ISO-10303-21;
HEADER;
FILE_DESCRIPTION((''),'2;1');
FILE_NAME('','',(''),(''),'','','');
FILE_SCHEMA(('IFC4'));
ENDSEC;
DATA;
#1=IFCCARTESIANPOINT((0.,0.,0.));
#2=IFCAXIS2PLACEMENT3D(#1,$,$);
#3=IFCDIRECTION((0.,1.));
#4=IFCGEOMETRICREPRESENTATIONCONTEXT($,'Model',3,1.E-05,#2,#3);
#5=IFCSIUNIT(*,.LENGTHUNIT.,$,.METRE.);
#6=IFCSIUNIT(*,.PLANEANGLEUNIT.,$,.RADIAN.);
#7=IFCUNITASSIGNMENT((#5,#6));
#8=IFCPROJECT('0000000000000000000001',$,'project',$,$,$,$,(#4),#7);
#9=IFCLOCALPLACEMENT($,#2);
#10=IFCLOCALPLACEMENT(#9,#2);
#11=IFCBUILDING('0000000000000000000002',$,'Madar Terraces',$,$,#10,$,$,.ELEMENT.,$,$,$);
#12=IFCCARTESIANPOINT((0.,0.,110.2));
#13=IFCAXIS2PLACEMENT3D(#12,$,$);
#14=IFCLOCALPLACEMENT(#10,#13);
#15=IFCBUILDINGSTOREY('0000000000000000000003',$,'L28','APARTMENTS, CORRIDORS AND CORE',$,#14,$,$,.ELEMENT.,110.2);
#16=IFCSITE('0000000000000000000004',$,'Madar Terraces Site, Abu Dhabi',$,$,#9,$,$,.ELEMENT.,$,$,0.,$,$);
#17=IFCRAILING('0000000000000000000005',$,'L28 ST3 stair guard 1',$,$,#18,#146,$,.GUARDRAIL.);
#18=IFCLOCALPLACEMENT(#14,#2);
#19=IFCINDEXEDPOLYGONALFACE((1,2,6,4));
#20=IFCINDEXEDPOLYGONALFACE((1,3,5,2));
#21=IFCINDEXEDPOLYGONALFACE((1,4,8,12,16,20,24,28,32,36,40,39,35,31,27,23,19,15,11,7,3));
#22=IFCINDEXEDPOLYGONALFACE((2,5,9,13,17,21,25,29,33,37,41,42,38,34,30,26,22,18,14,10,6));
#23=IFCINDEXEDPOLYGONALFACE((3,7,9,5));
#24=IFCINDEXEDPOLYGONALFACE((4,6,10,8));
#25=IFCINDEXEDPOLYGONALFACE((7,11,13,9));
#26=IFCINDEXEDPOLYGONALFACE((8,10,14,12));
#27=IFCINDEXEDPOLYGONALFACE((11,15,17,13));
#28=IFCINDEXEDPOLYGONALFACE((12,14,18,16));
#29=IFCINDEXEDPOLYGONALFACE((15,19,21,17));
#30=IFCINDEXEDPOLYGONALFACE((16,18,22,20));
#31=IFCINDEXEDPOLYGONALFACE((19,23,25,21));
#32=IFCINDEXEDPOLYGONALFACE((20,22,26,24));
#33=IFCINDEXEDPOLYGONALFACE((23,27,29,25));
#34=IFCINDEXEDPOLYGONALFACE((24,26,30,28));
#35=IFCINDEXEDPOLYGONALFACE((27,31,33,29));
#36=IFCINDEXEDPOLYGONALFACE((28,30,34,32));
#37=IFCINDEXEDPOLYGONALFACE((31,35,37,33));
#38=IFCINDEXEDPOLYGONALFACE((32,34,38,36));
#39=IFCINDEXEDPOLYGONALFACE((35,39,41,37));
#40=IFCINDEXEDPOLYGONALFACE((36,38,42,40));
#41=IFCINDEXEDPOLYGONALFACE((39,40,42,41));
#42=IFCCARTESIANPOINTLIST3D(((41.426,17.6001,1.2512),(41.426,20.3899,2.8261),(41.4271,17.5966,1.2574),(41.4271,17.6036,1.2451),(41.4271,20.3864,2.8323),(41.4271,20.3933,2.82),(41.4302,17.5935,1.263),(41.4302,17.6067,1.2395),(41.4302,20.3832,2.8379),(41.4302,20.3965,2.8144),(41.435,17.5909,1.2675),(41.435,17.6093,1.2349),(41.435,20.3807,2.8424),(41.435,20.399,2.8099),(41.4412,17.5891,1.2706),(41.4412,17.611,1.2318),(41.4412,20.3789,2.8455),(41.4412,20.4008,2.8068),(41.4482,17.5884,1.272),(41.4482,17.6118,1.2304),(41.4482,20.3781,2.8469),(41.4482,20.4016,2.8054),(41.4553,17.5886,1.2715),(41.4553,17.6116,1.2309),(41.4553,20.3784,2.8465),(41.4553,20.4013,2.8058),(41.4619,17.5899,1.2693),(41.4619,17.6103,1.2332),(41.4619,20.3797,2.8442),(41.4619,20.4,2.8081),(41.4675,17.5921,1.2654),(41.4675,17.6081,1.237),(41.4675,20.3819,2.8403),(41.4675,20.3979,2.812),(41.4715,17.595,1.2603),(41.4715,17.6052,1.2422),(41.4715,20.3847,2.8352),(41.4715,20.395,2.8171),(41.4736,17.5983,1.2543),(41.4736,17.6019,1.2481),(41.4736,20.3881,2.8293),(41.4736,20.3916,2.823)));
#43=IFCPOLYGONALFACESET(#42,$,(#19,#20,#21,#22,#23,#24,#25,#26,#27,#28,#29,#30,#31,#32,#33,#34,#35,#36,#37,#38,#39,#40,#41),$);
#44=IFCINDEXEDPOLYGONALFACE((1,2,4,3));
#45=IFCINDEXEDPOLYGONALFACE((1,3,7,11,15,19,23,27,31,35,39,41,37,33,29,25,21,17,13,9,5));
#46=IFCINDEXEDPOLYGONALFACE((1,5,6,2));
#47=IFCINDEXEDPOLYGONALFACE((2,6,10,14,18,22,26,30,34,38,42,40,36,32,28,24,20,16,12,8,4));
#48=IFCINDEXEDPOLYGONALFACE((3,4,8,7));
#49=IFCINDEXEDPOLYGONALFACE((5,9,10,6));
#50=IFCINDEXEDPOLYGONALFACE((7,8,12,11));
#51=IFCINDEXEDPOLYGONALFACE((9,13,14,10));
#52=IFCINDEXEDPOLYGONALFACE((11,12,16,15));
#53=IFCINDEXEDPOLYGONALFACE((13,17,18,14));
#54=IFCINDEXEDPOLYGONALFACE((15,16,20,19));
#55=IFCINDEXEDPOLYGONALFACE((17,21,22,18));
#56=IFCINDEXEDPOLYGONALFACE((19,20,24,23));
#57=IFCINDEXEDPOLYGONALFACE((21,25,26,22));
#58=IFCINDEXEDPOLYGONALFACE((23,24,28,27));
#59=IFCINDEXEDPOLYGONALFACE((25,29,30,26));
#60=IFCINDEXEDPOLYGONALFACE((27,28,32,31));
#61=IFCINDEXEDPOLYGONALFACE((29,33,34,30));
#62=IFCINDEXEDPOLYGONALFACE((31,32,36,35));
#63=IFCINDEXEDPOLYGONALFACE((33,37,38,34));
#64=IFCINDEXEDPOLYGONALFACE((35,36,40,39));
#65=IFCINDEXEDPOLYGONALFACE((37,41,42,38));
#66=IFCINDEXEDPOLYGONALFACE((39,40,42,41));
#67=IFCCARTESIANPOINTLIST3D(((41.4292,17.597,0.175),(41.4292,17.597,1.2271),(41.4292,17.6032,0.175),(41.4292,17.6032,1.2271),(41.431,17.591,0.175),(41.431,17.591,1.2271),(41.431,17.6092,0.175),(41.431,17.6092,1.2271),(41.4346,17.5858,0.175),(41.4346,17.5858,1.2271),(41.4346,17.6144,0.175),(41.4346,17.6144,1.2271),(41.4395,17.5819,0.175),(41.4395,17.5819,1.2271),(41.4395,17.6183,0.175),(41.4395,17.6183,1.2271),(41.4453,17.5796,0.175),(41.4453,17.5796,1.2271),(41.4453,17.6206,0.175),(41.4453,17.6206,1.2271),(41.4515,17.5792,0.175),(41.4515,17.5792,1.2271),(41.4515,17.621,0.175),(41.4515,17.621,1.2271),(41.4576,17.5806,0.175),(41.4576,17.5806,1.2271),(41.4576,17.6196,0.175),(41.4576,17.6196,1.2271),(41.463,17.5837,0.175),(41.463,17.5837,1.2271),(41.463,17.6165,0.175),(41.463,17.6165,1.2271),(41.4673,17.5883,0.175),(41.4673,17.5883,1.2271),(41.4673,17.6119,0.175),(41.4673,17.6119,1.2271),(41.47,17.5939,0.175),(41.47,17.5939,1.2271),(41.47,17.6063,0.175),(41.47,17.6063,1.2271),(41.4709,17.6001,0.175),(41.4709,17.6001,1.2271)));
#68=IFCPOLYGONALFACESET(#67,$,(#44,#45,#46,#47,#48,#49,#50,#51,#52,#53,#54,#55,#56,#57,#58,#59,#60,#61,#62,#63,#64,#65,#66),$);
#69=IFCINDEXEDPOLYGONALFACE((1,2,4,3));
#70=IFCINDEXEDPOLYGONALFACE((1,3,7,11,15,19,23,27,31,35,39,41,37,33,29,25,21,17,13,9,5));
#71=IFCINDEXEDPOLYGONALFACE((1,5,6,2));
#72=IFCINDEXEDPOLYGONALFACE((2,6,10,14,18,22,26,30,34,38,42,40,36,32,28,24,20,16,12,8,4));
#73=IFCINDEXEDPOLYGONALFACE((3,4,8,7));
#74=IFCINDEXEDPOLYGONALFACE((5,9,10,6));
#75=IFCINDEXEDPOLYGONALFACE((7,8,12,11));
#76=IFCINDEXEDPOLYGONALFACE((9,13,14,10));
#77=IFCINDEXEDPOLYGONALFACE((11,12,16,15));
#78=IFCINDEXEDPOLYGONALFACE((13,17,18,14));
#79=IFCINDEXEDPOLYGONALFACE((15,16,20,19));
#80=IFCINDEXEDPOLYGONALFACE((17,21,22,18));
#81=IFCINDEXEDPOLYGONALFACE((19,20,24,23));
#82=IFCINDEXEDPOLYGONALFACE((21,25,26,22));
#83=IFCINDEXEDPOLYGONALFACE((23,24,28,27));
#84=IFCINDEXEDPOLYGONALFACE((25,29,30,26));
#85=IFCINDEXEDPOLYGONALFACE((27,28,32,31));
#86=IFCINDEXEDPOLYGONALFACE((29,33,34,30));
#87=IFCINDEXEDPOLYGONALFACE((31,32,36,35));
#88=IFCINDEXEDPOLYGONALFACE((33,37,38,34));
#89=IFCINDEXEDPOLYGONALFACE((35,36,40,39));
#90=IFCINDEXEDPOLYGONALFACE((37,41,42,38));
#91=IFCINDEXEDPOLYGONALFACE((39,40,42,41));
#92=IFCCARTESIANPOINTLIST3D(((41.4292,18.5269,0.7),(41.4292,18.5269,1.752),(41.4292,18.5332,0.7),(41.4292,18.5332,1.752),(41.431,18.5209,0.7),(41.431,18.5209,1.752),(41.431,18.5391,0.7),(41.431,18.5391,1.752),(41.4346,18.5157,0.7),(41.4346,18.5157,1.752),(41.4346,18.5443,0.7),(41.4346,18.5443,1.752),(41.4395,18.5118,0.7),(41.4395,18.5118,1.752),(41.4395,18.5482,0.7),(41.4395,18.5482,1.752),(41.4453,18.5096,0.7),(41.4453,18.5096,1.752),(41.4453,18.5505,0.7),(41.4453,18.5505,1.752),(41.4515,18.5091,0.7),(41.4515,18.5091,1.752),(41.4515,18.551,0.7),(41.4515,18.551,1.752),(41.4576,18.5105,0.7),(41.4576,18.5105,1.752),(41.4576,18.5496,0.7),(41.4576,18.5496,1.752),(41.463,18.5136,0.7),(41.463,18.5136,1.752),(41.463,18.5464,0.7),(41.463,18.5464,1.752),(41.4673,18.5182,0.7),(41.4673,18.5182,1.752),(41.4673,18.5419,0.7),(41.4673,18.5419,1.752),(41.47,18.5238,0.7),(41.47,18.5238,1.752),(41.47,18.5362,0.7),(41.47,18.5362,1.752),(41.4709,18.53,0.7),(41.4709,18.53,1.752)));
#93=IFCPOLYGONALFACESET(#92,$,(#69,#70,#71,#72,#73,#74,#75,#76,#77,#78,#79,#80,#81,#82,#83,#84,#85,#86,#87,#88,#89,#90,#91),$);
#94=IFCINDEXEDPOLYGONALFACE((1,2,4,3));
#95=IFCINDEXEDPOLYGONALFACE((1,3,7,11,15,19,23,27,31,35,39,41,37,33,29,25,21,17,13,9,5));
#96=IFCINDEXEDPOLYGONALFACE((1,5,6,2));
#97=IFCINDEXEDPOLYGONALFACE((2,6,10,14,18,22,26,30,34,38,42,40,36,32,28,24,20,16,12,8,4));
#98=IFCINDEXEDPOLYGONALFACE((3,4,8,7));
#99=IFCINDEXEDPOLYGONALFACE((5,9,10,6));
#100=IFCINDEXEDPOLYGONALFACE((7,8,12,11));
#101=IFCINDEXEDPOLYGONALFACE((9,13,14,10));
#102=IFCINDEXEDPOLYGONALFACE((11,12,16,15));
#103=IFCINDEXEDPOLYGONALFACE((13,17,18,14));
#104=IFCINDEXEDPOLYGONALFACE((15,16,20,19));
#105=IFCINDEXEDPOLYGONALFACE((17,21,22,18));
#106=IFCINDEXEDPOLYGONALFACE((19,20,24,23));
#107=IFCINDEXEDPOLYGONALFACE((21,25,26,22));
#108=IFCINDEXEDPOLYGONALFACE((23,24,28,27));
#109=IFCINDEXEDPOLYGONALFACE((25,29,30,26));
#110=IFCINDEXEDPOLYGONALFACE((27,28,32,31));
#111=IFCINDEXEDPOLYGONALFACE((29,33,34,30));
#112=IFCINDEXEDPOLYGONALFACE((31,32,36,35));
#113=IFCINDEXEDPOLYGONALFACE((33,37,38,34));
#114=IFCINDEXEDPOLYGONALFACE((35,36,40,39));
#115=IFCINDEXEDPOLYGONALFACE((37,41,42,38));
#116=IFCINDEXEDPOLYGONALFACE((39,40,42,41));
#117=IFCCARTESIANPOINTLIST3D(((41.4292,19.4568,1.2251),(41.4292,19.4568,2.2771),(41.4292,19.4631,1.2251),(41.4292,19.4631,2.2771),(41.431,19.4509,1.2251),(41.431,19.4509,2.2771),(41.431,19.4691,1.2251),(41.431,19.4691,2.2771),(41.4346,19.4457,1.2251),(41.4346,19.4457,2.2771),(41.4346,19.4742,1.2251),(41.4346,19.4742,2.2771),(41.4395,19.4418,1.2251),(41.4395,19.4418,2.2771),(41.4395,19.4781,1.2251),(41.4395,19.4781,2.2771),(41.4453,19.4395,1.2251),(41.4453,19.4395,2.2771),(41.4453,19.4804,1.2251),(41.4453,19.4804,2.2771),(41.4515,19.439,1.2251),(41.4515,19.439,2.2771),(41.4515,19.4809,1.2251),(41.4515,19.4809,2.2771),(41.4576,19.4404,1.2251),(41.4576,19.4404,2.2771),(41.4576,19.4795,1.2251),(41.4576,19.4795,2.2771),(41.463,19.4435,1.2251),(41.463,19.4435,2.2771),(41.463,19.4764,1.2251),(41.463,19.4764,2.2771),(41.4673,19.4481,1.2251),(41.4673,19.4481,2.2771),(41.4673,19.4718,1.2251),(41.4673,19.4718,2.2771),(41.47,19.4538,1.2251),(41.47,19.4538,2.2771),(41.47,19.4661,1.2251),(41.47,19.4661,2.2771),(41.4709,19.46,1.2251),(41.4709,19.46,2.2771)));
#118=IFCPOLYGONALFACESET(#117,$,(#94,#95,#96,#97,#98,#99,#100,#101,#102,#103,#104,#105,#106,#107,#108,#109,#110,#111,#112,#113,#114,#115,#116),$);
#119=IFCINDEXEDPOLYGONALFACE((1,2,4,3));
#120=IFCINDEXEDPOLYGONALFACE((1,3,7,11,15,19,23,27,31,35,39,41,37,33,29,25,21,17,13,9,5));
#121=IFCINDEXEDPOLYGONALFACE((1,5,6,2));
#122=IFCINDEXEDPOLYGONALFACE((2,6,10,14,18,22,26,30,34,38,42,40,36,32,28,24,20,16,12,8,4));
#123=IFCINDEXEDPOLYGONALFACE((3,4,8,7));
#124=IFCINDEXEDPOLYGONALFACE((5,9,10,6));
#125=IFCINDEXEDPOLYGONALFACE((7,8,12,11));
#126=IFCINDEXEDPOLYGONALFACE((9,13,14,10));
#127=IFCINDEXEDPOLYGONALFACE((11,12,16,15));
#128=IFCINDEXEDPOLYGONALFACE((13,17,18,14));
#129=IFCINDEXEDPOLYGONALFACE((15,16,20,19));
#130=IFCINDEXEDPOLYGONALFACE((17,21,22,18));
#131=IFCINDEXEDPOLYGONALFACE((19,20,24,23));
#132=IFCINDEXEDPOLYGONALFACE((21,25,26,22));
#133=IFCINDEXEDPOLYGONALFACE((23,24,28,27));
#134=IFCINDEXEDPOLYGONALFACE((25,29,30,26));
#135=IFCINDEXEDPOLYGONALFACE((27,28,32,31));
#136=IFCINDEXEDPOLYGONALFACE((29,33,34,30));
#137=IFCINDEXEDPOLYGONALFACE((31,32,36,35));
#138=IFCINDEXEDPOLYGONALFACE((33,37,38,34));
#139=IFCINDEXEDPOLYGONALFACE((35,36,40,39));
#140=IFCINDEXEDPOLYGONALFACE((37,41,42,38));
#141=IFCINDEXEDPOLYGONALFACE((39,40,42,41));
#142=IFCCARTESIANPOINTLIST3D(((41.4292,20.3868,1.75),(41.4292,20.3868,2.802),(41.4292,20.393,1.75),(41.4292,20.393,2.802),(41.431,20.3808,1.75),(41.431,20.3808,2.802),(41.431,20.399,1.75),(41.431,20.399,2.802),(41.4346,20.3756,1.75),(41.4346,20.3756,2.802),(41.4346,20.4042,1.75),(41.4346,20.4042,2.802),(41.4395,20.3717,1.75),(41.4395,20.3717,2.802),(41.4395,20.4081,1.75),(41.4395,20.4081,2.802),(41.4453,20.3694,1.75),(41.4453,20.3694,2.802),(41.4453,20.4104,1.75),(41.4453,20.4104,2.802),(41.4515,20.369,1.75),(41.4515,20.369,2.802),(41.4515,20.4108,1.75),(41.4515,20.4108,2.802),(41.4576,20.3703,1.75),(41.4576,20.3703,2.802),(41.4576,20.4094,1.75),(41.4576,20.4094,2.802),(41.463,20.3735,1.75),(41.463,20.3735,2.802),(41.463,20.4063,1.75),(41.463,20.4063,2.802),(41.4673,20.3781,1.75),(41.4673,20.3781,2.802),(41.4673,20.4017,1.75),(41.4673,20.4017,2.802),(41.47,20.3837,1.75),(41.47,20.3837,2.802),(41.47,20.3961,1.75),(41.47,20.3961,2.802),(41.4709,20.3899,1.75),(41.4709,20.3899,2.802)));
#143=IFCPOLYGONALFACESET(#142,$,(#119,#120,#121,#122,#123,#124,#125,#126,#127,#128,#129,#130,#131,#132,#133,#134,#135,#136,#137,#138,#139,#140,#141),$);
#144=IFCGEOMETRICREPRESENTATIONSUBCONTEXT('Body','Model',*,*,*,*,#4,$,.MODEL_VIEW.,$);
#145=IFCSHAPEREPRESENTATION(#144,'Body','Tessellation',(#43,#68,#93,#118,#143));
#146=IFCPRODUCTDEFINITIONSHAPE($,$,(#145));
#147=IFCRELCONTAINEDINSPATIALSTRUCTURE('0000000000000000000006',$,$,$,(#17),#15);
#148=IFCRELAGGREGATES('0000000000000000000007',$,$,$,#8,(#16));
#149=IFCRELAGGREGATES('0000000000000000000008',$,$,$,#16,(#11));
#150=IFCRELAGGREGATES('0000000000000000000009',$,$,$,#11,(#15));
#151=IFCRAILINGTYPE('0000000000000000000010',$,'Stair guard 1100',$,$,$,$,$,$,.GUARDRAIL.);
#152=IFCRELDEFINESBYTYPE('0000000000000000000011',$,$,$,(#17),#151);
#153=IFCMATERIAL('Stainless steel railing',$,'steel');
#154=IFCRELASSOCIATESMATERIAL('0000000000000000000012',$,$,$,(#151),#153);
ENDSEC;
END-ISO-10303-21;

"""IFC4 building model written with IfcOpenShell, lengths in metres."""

from ifc_helpers import new_model, si_unit, direction, frame, origin, origin_2d, place, context, subcontext, project, spatial, circle, extrude, material, type_object, element, save


model = new_model("IFC4")

# Units and contexts
model_context = context("Model", 3, precision=1e-05, world=origin(), true_north=direction((0.0, 1.0)))
body_context = subcontext(model_context, "Body", "Model", "MODEL_VIEW")
ifc_project = project(units=[si_unit("LENGTHUNIT", "METRE"), si_unit("PLANEANGLEUNIT", "RADIAN")], contexts=[model_context])

# Site, building, storey
site_placement = place(None, origin())
site = spatial("IfcSite", under=ifc_project, at=site_placement, Name="Madar Terraces Site, Abu Dhabi", CompositionType="ELEMENT", RefElevation=0.0)
building_placement = place(site_placement, origin())
building = spatial("IfcBuilding", under=site, at=building_placement, Name="Madar Terraces", CompositionType="ELEMENT")
storey_placement = place(building_placement, frame((0.0, 0.0, 110.2)))
storey = spatial("IfcBuildingStorey", under=building, at=storey_placement, Name="L28", Description="APARTMENTS, CORRIDORS AND CORE", CompositionType="ELEMENT", Elevation=110.2)

# Railing
ifc_material_1 = material(Name="Stainless steel railing", Category="steel")
railing_type_1 = type_object("IfcRailingType", Name="Stair guard 1100", PredefinedType="GUARDRAIL", material=ifc_material_1)
railing_1_placement = place(storey_placement, frame((41.45, 17.6001, 0.175)))
element("IfcRailing", 1, at=railing_1_placement, inside=storey, type_object=railing_type_1, Name="L28 ST3 stair guard 1", PredefinedType="GUARDRAIL", context=body_context, shape_type="SweptSolid", body=[
    extrude(circle(Radius=0.0239, at=origin_2d()), frame((0.0, 0.0, 1.0762), z_axis=(0.0, 0.870815, 0.49161), x_axis=(-1.0, 0.0, 0.0)), (0.0, 0.0, 1.0), 3.2036),
    extrude(circle(Radius=0.021, at=origin_2d()), origin(), (0.0, 0.0, 1.0), 1.052),
    extrude(circle(Radius=0.021, at=origin_2d()), frame((0.0, 0.9299, 0.5249)), (0.0, 0.0, 1.0), 1.052),
    extrude(circle(Radius=0.021, at=origin_2d()), frame((0.0, 1.8599, 1.05)), (0.0, 0.0, 1.0), 1.052),
    extrude(circle(Radius=0.021, at=origin_2d()), frame((0.0, 2.7898, 1.575)), (0.0, 0.0, 1.0), 1.052),
])

save(model, "model.ifc")
